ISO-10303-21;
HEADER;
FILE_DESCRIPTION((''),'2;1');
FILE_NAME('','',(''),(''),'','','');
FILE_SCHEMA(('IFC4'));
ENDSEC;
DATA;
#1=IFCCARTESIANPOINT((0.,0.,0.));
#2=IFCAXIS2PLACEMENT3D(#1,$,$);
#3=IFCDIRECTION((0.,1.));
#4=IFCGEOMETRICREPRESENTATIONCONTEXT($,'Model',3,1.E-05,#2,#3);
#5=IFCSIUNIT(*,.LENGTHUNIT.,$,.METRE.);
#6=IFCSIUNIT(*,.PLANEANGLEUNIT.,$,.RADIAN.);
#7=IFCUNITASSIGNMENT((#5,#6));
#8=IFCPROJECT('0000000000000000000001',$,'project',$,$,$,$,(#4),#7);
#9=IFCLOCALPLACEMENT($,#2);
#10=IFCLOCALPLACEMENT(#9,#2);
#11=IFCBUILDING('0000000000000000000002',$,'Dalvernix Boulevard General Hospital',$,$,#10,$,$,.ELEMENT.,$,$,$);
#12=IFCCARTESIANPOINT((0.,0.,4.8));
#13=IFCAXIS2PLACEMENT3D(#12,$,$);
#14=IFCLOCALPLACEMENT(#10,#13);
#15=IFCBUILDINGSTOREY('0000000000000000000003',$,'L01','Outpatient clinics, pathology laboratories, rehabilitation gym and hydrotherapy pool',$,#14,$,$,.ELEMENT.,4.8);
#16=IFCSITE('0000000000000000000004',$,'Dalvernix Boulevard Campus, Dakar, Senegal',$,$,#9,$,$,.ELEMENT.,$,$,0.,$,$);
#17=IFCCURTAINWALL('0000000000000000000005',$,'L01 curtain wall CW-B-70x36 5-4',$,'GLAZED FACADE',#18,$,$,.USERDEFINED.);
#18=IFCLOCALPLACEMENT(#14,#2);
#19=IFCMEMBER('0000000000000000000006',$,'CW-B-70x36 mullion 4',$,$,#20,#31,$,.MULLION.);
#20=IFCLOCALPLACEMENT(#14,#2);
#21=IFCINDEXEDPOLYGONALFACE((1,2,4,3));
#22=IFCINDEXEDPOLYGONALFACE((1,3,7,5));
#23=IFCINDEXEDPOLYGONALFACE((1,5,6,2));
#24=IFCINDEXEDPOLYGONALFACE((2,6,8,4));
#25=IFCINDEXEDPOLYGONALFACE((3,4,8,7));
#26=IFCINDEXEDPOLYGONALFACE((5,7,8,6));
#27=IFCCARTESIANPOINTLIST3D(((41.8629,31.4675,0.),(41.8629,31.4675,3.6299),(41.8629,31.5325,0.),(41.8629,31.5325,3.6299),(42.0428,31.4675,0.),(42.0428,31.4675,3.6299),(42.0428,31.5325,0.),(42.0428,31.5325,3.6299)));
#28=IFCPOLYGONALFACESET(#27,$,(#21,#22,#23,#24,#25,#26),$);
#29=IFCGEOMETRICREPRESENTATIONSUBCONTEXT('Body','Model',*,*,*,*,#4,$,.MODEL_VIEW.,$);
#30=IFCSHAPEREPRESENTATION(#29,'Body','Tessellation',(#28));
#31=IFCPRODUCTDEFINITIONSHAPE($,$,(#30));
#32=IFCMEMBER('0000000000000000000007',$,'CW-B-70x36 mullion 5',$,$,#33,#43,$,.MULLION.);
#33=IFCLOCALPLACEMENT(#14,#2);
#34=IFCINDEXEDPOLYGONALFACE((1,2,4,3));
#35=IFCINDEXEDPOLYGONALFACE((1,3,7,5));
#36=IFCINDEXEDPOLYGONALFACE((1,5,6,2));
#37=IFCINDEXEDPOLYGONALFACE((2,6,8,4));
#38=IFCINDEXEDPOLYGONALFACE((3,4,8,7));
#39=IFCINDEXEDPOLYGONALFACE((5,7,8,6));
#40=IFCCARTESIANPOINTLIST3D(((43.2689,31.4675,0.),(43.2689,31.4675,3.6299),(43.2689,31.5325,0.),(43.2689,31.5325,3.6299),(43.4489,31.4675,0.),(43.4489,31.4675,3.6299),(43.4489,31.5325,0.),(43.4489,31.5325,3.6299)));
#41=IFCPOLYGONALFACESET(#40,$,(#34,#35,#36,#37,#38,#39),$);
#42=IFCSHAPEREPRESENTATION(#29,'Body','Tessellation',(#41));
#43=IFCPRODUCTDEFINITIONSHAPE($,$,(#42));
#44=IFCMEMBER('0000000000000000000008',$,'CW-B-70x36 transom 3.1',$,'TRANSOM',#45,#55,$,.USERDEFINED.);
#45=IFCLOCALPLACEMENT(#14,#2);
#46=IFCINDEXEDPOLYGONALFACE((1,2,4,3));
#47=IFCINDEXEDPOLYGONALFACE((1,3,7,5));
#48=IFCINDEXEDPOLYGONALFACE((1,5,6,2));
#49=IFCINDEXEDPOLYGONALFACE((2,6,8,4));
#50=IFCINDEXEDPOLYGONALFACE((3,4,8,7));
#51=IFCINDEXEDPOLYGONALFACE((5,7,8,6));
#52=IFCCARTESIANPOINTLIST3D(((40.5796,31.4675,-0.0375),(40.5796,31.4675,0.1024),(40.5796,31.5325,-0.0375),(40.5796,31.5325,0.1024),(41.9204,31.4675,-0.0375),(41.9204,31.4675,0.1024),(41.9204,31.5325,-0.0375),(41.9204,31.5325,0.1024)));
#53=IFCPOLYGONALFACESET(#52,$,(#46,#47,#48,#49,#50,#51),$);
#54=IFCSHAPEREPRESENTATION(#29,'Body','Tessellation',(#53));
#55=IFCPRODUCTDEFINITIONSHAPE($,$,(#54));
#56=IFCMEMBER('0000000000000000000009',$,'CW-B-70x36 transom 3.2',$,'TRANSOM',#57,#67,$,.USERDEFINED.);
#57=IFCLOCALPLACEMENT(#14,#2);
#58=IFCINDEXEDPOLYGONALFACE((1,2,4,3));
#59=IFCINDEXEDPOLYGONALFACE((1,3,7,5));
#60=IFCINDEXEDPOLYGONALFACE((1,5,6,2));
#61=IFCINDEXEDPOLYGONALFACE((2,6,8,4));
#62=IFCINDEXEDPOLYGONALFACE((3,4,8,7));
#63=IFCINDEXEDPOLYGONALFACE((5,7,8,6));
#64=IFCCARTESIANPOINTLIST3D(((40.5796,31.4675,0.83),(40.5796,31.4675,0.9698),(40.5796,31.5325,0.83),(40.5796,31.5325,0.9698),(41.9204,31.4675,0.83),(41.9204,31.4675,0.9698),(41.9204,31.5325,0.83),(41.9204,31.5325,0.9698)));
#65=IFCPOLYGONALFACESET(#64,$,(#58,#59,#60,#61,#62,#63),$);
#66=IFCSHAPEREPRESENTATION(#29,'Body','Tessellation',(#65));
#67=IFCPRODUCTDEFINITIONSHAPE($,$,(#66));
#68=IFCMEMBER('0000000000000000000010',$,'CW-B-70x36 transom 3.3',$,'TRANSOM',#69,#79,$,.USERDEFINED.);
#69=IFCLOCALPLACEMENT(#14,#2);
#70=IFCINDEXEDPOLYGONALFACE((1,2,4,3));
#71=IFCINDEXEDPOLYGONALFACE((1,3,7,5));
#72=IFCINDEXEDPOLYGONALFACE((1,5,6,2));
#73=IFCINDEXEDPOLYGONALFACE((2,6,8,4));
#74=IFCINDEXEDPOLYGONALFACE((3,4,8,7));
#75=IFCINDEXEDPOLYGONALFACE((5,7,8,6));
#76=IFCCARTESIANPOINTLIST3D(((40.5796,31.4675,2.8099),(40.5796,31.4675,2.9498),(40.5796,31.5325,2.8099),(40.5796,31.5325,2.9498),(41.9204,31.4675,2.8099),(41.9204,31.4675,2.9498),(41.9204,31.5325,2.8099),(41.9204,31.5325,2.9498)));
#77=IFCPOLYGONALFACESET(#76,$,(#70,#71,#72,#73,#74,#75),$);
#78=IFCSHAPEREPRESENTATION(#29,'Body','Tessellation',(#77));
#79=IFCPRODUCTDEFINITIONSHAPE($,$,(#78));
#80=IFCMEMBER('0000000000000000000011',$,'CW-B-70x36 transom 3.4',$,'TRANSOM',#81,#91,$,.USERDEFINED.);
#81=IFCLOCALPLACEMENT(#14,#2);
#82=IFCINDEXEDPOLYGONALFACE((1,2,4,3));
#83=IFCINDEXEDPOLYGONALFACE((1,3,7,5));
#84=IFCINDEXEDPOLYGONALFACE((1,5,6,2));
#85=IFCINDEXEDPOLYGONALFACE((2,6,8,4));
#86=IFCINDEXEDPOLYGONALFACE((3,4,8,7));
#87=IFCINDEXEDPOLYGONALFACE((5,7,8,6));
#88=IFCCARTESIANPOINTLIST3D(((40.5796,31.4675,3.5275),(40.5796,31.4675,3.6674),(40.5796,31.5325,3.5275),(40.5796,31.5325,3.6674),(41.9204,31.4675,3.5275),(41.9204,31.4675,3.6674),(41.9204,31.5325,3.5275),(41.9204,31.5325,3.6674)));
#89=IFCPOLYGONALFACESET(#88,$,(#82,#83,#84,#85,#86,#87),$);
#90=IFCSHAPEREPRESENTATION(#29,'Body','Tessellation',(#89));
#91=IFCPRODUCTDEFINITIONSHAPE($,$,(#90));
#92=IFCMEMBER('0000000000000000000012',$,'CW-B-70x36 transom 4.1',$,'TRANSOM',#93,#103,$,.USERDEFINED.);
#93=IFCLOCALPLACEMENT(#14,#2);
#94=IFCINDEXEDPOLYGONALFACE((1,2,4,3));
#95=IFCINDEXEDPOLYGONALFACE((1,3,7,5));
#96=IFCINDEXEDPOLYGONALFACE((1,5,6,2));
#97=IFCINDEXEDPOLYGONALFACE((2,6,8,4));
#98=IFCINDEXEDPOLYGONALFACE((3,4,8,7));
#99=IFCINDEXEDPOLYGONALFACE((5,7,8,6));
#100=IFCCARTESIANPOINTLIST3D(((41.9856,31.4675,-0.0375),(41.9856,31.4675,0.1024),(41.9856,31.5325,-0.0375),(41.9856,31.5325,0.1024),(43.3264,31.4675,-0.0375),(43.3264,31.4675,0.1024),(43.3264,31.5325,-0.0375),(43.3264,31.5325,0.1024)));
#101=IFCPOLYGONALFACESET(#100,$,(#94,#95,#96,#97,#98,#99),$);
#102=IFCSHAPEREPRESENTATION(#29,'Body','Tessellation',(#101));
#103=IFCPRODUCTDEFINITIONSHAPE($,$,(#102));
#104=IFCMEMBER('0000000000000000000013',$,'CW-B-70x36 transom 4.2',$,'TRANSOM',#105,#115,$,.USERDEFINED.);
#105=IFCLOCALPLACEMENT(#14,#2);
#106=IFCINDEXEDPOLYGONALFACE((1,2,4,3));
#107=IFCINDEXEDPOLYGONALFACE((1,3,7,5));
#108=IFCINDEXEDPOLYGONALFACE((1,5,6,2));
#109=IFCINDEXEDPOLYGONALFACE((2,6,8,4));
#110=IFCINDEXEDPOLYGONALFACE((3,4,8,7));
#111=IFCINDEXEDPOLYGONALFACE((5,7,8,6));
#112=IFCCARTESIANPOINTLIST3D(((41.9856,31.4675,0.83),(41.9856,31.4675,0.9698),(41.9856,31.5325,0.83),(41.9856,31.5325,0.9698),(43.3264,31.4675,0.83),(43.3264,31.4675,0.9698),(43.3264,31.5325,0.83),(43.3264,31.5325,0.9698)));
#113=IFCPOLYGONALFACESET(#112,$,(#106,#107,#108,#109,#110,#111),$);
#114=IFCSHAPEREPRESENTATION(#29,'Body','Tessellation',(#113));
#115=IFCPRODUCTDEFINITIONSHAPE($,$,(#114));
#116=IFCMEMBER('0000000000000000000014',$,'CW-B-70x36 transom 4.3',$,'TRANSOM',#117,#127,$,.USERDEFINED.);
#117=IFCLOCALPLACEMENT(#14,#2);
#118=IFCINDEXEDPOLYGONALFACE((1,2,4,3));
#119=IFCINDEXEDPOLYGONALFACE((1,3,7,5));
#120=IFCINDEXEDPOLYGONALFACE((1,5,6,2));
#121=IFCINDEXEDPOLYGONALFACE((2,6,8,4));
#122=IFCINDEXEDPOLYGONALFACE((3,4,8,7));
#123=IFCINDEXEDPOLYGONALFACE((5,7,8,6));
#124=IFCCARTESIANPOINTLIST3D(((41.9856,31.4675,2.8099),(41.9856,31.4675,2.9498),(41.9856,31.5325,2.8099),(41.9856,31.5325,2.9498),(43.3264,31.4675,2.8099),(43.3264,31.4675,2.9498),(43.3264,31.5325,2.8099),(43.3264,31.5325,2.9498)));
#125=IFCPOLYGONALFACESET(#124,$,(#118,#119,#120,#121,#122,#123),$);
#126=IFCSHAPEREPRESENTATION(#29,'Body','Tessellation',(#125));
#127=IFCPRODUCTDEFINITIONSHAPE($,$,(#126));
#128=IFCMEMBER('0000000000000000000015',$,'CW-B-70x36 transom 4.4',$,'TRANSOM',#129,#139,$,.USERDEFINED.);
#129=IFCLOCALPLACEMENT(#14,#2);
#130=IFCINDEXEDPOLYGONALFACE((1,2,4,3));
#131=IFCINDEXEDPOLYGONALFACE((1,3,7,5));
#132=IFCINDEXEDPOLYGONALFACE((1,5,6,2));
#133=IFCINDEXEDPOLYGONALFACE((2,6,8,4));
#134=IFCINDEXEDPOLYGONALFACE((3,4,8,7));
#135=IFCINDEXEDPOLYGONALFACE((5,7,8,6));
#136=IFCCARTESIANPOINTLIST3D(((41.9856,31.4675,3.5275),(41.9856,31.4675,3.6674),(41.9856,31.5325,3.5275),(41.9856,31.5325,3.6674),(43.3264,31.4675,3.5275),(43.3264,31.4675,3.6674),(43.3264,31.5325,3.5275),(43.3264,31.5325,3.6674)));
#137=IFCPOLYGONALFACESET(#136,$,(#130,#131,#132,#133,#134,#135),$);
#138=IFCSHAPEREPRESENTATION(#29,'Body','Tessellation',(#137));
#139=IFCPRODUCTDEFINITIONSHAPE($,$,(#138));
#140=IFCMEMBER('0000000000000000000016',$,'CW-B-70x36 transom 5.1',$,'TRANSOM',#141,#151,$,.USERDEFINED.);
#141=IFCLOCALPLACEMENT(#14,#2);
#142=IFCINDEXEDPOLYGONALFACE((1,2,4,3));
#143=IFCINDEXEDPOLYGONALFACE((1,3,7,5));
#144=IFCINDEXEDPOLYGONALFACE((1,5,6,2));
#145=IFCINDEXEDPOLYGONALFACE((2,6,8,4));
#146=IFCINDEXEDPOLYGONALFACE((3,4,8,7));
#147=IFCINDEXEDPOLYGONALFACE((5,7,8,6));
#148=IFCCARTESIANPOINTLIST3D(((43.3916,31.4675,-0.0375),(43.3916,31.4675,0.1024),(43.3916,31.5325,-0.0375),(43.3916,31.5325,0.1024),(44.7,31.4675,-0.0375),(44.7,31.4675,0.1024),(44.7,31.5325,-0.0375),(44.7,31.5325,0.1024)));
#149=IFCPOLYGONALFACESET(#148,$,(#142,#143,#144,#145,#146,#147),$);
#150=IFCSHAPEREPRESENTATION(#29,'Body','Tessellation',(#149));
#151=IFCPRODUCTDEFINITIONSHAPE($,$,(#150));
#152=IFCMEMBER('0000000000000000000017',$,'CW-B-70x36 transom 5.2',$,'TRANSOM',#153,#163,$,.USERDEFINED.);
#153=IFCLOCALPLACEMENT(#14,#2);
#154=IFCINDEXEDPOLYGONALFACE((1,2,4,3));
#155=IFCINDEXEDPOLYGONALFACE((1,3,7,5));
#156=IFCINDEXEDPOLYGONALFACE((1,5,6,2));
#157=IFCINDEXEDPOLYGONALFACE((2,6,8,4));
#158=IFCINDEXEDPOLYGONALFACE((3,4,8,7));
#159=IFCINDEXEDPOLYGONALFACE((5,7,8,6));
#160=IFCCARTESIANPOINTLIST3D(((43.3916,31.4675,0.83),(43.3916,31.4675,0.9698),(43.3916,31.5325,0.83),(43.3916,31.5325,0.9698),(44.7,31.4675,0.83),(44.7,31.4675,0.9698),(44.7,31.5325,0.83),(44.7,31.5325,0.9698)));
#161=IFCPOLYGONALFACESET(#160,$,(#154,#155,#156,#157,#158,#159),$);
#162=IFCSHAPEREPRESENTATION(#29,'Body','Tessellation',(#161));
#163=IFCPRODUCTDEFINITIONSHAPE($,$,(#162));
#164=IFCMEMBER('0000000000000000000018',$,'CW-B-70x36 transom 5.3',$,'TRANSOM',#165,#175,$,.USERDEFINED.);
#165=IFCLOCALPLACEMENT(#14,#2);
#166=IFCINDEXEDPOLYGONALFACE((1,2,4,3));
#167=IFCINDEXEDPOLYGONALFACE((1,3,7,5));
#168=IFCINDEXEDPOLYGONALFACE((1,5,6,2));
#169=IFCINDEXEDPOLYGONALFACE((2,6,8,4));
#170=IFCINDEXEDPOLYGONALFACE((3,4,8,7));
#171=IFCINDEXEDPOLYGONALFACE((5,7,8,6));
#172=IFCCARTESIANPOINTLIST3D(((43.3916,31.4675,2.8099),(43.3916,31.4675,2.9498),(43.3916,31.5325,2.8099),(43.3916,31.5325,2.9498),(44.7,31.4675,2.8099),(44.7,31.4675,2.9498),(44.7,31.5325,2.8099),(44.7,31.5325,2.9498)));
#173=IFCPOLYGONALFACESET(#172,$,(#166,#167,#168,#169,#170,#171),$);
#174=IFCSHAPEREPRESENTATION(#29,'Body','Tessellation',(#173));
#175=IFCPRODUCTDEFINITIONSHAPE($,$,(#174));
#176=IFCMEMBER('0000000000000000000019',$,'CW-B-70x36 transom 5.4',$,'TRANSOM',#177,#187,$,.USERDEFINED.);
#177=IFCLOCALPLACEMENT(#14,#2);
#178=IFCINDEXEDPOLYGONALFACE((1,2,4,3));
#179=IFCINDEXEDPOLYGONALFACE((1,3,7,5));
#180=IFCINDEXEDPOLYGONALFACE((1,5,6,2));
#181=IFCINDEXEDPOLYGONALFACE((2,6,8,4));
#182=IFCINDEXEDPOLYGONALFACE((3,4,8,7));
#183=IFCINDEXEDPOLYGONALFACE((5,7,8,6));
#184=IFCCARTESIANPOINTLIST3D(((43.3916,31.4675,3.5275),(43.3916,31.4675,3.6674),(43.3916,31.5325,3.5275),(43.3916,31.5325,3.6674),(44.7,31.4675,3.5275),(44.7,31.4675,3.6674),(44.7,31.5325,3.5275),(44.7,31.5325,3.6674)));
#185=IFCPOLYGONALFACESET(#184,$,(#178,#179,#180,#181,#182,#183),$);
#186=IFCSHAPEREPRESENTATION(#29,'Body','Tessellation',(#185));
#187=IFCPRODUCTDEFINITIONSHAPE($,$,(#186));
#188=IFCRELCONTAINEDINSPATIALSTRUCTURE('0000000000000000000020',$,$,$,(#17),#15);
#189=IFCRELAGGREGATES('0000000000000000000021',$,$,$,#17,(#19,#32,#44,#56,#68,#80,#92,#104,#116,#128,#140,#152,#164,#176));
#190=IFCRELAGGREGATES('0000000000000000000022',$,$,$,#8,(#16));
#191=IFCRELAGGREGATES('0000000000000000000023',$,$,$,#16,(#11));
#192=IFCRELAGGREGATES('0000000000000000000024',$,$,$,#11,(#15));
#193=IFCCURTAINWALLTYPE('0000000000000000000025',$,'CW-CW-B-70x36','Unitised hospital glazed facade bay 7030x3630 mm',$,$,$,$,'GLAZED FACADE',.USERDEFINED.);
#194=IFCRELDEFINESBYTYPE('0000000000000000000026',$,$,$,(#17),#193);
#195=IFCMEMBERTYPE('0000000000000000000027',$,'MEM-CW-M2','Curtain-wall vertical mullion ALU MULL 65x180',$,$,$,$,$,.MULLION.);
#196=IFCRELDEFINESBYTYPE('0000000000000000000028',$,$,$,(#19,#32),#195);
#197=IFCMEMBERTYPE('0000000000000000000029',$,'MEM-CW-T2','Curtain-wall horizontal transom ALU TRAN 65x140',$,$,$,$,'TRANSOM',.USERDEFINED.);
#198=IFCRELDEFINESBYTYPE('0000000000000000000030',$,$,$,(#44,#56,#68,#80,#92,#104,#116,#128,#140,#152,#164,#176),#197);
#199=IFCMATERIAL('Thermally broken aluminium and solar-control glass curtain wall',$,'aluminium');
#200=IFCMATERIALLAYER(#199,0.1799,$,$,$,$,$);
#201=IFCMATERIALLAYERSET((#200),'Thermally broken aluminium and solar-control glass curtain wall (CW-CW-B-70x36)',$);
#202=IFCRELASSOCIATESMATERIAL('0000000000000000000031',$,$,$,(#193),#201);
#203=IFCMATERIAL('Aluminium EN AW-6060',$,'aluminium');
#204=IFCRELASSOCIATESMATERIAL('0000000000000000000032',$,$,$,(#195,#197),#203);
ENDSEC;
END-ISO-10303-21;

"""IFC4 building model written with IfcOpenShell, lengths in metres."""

from ifc_helpers import new_model, si_unit, direction, frame, origin, origin_2d, place, context, subcontext, project, spatial, rectangle, extrude, material, layer, layer_set, material_profile, profile_set, type_object, element, aggregate, save


model = new_model("IFC4")

# Units and contexts
model_context = context("Model", 3, precision=1e-05, world=origin(), true_north=direction((0.0, 1.0)))
body_context = subcontext(model_context, "Body", "Model", "MODEL_VIEW")
ifc_project = project(units=[si_unit("LENGTHUNIT", "METRE"), si_unit("PLANEANGLEUNIT", "RADIAN")], contexts=[model_context])

# Site, building, storey
site_placement = place(None, origin())
site = spatial("IfcSite", under=ifc_project, at=site_placement, Name="Dalvernix Boulevard Campus, Dakar, Senegal", CompositionType="ELEMENT", RefElevation=0.0)
building_placement = place(site_placement, origin())
building = spatial("IfcBuilding", under=site, at=building_placement, Name="Dalvernix Boulevard General Hospital", CompositionType="ELEMENT")
storey_placement = place(building_placement, frame((0.0, 0.0, 4.8)))
storey = spatial("IfcBuildingStorey", under=building, at=storey_placement, Name="L01", Description="Outpatient clinics, pathology laboratories, rehabilitation gym and hydrotherapy pool", CompositionType="ELEMENT", Elevation=4.8)

# Curtain wall, members
ifc_material_1 = material(Name="Thermally broken aluminium and solar-control glass curtain wall", Category="aluminium")
ifc_layer_1 = layer(ifc_material_1, 0.1799)
ifc_layer_set_1 = layer_set([ifc_layer_1], Name="Thermally broken aluminium and solar-control glass curtain wall (CW-CW-B-70x36)")
curtain_wall_type = type_object("IfcCurtainWallType", Name="CW-CW-B-70x36", Description="Unitised hospital glazed facade bay 7030x3630 mm", ElementType="GLAZED FACADE", PredefinedType="USERDEFINED", material=ifc_layer_set_1)
curtain_wall_placement = place(storey_placement, origin())
curtain_wall = element("IfcCurtainWall", 1, at=curtain_wall_placement, inside=storey, type_object=curtain_wall_type, Name="L01 curtain wall CW-B-70x36 5-4", ObjectType="GLAZED FACADE", PredefinedType="USERDEFINED")
ifc_material_2 = material(Name="Aluminium EN AW-6060", Category="aluminium")
ifc_material_profile_1 = material_profile(ifc_material_2, rectangle(XDim=0.0649, YDim=0.1799, at=origin_2d()), Name="ALU MULL 65x180")
ifc_profile_set_1 = profile_set([ifc_material_profile_1], Name="Aluminium EN AW-6060")
member_type_1 = type_object("IfcMemberType", Name="MEM-CW-M2", Description="Curtain-wall vertical mullion ALU MULL 65x180", PredefinedType="MULLION", material=ifc_profile_set_1)
member_1_placement = place(storey_placement, frame((41.9529, 31.5, 0.0), z_axis=(0.0, 0.0, 1.0), x_axis=(0.0, 1.0, 0.0)))
member_1 = element("IfcMember", 2, at=member_1_placement, type_object=member_type_1, Name="CW-B-70x36 mullion 4", PredefinedType="MULLION", context=body_context, shape_type="SweptSolid", body=[
    extrude(rectangle(XDim=0.0649, YDim=0.1799, at=origin_2d()), origin(), (0.0, 0.0, 1.0), 3.6299),
])
member_2_placement = place(storey_placement, frame((43.3589, 31.5, 0.0), z_axis=(0.0, 0.0, 1.0), x_axis=(0.0, 1.0, 0.0)))
member_2 = element("IfcMember", 3, at=member_2_placement, type_object=member_type_1, Name="CW-B-70x36 mullion 5", PredefinedType="MULLION", context=body_context, shape_type="SweptSolid", body=[
    extrude(rectangle(XDim=0.0649, YDim=0.1799, at=origin_2d()), origin(), (0.0, 0.0, 1.0), 3.6299),
])
ifc_material_profile_2 = material_profile(ifc_material_2, rectangle(XDim=0.0649, YDim=0.1399, at=origin_2d()), Name="ALU TRAN 65x140")
ifc_profile_set_2 = profile_set([ifc_material_profile_2], Name="Aluminium EN AW-6060")
member_type_2 = type_object("IfcMemberType", Name="MEM-CW-T2", Description="Curtain-wall horizontal transom ALU TRAN 65x140", ElementType="TRANSOM", PredefinedType="USERDEFINED", material=ifc_profile_set_2)
member_3_placement = place(storey_placement, frame((40.5796, 31.5, 0.0325), z_axis=(1.0, 0.0, 0.0), x_axis=(0.0, 1.0, 0.0)))
member_3 = element("IfcMember", 4, at=member_3_placement, type_object=member_type_2, Name="CW-B-70x36 transom 3.1", ObjectType="TRANSOM", PredefinedType="USERDEFINED", context=body_context, shape_type="SweptSolid", body=[
    extrude(rectangle(XDim=0.0649, YDim=0.1399, at=origin_2d()), origin(), (0.0, 0.0, 1.0), 1.3408),
])
member_4_placement = place(storey_placement, frame((40.5796, 31.5, 0.8999), z_axis=(1.0, 0.0, 0.0), x_axis=(0.0, 1.0, 0.0)))
member_4 = element("IfcMember", 5, at=member_4_placement, type_object=member_type_2, Name="CW-B-70x36 transom 3.2", ObjectType="TRANSOM", PredefinedType="USERDEFINED", context=body_context, shape_type="SweptSolid", body=[
    extrude(rectangle(XDim=0.0649, YDim=0.1399, at=origin_2d()), origin(), (0.0, 0.0, 1.0), 1.3408),
])
member_5_placement = place(storey_placement, frame((40.5796, 31.5, 2.8799), z_axis=(1.0, 0.0, 0.0), x_axis=(0.0, 1.0, 0.0)))
member_5 = element("IfcMember", 6, at=member_5_placement, type_object=member_type_2, Name="CW-B-70x36 transom 3.3", ObjectType="TRANSOM", PredefinedType="USERDEFINED", context=body_context, shape_type="SweptSolid", body=[
    extrude(rectangle(XDim=0.0649, YDim=0.1399, at=origin_2d()), origin(), (0.0, 0.0, 1.0), 1.3408),
])
member_6_placement = place(storey_placement, frame((40.5796, 31.5, 3.5974), z_axis=(1.0, 0.0, 0.0), x_axis=(0.0, 1.0, 0.0)))
member_6 = element("IfcMember", 7, at=member_6_placement, type_object=member_type_2, Name="CW-B-70x36 transom 3.4", ObjectType="TRANSOM", PredefinedType="USERDEFINED", context=body_context, shape_type="SweptSolid", body=[
    extrude(rectangle(XDim=0.0649, YDim=0.1399, at=origin_2d()), origin(), (0.0, 0.0, 1.0), 1.3408),
])
member_7_placement = place(storey_placement, frame((41.9856, 31.5, 0.0325), z_axis=(1.0, 0.0, 0.0), x_axis=(0.0, 1.0, 0.0)))
member_7 = element("IfcMember", 8, at=member_7_placement, type_object=member_type_2, Name="CW-B-70x36 transom 4.1", ObjectType="TRANSOM", PredefinedType="USERDEFINED", context=body_context, shape_type="SweptSolid", body=[
    extrude(rectangle(XDim=0.0649, YDim=0.1399, at=origin_2d()), origin(), (0.0, 0.0, 1.0), 1.3408),
])
member_8_placement = place(storey_placement, frame((41.9856, 31.5, 0.8999), z_axis=(1.0, 0.0, 0.0), x_axis=(0.0, 1.0, 0.0)))
member_8 = element("IfcMember", 9, at=member_8_placement, type_object=member_type_2, Name="CW-B-70x36 transom 4.2", ObjectType="TRANSOM", PredefinedType="USERDEFINED", context=body_context, shape_type="SweptSolid", body=[
    extrude(rectangle(XDim=0.0649, YDim=0.1399, at=origin_2d()), origin(), (0.0, 0.0, 1.0), 1.3408),
])
member_9_placement = place(storey_placement, frame((41.9856, 31.5, 2.8799), z_axis=(1.0, 0.0, 0.0), x_axis=(0.0, 1.0, 0.0)))
member_9 = element("IfcMember", 10, at=member_9_placement, type_object=member_type_2, Name="CW-B-70x36 transom 4.3", ObjectType="TRANSOM", PredefinedType="USERDEFINED", context=body_context, shape_type="SweptSolid", body=[
    extrude(rectangle(XDim=0.0649, YDim=0.1399, at=origin_2d()), origin(), (0.0, 0.0, 1.0), 1.3408),
])
member_10_placement = place(storey_placement, frame((41.9856, 31.5, 3.5974), z_axis=(1.0, 0.0, 0.0), x_axis=(0.0, 1.0, 0.0)))
member_10 = element("IfcMember", 11, at=member_10_placement, type_object=member_type_2, Name="CW-B-70x36 transom 4.4", ObjectType="TRANSOM", PredefinedType="USERDEFINED", context=body_context, shape_type="SweptSolid", body=[
    extrude(rectangle(XDim=0.0649, YDim=0.1399, at=origin_2d()), origin(), (0.0, 0.0, 1.0), 1.3408),
])
member_11_placement = place(storey_placement, frame((43.3916, 31.5, 0.0325), z_axis=(1.0, 0.0, 0.0), x_axis=(0.0, 1.0, 0.0)))
member_11 = element("IfcMember", 12, at=member_11_placement, type_object=member_type_2, Name="CW-B-70x36 transom 5.1", ObjectType="TRANSOM", PredefinedType="USERDEFINED", context=body_context, shape_type="SweptSolid", body=[
    extrude(rectangle(XDim=0.0649, YDim=0.1399, at=origin_2d()), origin(), (0.0, 0.0, 1.0), 1.3083),
])
member_12_placement = place(storey_placement, frame((43.3916, 31.5, 0.8999), z_axis=(1.0, 0.0, 0.0), x_axis=(0.0, 1.0, 0.0)))
member_12 = element("IfcMember", 13, at=member_12_placement, type_object=member_type_2, Name="CW-B-70x36 transom 5.2", ObjectType="TRANSOM", PredefinedType="USERDEFINED", context=body_context, shape_type="SweptSolid", body=[
    extrude(rectangle(XDim=0.0649, YDim=0.1399, at=origin_2d()), origin(), (0.0, 0.0, 1.0), 1.3083),
])
member_13_placement = place(storey_placement, frame((43.3916, 31.5, 2.8799), z_axis=(1.0, 0.0, 0.0), x_axis=(0.0, 1.0, 0.0)))
member_13 = element("IfcMember", 14, at=member_13_placement, type_object=member_type_2, Name="CW-B-70x36 transom 5.3", ObjectType="TRANSOM", PredefinedType="USERDEFINED", context=body_context, shape_type="SweptSolid", body=[
    extrude(rectangle(XDim=0.0649, YDim=0.1399, at=origin_2d()), origin(), (0.0, 0.0, 1.0), 1.3083),
])
member_14_placement = place(storey_placement, frame((43.3916, 31.5, 3.5974), z_axis=(1.0, 0.0, 0.0), x_axis=(0.0, 1.0, 0.0)))
member_14 = element("IfcMember", 15, at=member_14_placement, type_object=member_type_2, Name="CW-B-70x36 transom 5.4", ObjectType="TRANSOM", PredefinedType="USERDEFINED", context=body_context, shape_type="SweptSolid", body=[
    extrude(rectangle(XDim=0.0649, YDim=0.1399, at=origin_2d()), origin(), (0.0, 0.0, 1.0), 1.3083),
])
aggregate(curtain_wall, [member_1, member_2, member_3, member_4, member_5, member_6, member_7, member_8, member_9, member_10, member_11, member_12, member_13, member_14])

save(model, "model.ifc")
